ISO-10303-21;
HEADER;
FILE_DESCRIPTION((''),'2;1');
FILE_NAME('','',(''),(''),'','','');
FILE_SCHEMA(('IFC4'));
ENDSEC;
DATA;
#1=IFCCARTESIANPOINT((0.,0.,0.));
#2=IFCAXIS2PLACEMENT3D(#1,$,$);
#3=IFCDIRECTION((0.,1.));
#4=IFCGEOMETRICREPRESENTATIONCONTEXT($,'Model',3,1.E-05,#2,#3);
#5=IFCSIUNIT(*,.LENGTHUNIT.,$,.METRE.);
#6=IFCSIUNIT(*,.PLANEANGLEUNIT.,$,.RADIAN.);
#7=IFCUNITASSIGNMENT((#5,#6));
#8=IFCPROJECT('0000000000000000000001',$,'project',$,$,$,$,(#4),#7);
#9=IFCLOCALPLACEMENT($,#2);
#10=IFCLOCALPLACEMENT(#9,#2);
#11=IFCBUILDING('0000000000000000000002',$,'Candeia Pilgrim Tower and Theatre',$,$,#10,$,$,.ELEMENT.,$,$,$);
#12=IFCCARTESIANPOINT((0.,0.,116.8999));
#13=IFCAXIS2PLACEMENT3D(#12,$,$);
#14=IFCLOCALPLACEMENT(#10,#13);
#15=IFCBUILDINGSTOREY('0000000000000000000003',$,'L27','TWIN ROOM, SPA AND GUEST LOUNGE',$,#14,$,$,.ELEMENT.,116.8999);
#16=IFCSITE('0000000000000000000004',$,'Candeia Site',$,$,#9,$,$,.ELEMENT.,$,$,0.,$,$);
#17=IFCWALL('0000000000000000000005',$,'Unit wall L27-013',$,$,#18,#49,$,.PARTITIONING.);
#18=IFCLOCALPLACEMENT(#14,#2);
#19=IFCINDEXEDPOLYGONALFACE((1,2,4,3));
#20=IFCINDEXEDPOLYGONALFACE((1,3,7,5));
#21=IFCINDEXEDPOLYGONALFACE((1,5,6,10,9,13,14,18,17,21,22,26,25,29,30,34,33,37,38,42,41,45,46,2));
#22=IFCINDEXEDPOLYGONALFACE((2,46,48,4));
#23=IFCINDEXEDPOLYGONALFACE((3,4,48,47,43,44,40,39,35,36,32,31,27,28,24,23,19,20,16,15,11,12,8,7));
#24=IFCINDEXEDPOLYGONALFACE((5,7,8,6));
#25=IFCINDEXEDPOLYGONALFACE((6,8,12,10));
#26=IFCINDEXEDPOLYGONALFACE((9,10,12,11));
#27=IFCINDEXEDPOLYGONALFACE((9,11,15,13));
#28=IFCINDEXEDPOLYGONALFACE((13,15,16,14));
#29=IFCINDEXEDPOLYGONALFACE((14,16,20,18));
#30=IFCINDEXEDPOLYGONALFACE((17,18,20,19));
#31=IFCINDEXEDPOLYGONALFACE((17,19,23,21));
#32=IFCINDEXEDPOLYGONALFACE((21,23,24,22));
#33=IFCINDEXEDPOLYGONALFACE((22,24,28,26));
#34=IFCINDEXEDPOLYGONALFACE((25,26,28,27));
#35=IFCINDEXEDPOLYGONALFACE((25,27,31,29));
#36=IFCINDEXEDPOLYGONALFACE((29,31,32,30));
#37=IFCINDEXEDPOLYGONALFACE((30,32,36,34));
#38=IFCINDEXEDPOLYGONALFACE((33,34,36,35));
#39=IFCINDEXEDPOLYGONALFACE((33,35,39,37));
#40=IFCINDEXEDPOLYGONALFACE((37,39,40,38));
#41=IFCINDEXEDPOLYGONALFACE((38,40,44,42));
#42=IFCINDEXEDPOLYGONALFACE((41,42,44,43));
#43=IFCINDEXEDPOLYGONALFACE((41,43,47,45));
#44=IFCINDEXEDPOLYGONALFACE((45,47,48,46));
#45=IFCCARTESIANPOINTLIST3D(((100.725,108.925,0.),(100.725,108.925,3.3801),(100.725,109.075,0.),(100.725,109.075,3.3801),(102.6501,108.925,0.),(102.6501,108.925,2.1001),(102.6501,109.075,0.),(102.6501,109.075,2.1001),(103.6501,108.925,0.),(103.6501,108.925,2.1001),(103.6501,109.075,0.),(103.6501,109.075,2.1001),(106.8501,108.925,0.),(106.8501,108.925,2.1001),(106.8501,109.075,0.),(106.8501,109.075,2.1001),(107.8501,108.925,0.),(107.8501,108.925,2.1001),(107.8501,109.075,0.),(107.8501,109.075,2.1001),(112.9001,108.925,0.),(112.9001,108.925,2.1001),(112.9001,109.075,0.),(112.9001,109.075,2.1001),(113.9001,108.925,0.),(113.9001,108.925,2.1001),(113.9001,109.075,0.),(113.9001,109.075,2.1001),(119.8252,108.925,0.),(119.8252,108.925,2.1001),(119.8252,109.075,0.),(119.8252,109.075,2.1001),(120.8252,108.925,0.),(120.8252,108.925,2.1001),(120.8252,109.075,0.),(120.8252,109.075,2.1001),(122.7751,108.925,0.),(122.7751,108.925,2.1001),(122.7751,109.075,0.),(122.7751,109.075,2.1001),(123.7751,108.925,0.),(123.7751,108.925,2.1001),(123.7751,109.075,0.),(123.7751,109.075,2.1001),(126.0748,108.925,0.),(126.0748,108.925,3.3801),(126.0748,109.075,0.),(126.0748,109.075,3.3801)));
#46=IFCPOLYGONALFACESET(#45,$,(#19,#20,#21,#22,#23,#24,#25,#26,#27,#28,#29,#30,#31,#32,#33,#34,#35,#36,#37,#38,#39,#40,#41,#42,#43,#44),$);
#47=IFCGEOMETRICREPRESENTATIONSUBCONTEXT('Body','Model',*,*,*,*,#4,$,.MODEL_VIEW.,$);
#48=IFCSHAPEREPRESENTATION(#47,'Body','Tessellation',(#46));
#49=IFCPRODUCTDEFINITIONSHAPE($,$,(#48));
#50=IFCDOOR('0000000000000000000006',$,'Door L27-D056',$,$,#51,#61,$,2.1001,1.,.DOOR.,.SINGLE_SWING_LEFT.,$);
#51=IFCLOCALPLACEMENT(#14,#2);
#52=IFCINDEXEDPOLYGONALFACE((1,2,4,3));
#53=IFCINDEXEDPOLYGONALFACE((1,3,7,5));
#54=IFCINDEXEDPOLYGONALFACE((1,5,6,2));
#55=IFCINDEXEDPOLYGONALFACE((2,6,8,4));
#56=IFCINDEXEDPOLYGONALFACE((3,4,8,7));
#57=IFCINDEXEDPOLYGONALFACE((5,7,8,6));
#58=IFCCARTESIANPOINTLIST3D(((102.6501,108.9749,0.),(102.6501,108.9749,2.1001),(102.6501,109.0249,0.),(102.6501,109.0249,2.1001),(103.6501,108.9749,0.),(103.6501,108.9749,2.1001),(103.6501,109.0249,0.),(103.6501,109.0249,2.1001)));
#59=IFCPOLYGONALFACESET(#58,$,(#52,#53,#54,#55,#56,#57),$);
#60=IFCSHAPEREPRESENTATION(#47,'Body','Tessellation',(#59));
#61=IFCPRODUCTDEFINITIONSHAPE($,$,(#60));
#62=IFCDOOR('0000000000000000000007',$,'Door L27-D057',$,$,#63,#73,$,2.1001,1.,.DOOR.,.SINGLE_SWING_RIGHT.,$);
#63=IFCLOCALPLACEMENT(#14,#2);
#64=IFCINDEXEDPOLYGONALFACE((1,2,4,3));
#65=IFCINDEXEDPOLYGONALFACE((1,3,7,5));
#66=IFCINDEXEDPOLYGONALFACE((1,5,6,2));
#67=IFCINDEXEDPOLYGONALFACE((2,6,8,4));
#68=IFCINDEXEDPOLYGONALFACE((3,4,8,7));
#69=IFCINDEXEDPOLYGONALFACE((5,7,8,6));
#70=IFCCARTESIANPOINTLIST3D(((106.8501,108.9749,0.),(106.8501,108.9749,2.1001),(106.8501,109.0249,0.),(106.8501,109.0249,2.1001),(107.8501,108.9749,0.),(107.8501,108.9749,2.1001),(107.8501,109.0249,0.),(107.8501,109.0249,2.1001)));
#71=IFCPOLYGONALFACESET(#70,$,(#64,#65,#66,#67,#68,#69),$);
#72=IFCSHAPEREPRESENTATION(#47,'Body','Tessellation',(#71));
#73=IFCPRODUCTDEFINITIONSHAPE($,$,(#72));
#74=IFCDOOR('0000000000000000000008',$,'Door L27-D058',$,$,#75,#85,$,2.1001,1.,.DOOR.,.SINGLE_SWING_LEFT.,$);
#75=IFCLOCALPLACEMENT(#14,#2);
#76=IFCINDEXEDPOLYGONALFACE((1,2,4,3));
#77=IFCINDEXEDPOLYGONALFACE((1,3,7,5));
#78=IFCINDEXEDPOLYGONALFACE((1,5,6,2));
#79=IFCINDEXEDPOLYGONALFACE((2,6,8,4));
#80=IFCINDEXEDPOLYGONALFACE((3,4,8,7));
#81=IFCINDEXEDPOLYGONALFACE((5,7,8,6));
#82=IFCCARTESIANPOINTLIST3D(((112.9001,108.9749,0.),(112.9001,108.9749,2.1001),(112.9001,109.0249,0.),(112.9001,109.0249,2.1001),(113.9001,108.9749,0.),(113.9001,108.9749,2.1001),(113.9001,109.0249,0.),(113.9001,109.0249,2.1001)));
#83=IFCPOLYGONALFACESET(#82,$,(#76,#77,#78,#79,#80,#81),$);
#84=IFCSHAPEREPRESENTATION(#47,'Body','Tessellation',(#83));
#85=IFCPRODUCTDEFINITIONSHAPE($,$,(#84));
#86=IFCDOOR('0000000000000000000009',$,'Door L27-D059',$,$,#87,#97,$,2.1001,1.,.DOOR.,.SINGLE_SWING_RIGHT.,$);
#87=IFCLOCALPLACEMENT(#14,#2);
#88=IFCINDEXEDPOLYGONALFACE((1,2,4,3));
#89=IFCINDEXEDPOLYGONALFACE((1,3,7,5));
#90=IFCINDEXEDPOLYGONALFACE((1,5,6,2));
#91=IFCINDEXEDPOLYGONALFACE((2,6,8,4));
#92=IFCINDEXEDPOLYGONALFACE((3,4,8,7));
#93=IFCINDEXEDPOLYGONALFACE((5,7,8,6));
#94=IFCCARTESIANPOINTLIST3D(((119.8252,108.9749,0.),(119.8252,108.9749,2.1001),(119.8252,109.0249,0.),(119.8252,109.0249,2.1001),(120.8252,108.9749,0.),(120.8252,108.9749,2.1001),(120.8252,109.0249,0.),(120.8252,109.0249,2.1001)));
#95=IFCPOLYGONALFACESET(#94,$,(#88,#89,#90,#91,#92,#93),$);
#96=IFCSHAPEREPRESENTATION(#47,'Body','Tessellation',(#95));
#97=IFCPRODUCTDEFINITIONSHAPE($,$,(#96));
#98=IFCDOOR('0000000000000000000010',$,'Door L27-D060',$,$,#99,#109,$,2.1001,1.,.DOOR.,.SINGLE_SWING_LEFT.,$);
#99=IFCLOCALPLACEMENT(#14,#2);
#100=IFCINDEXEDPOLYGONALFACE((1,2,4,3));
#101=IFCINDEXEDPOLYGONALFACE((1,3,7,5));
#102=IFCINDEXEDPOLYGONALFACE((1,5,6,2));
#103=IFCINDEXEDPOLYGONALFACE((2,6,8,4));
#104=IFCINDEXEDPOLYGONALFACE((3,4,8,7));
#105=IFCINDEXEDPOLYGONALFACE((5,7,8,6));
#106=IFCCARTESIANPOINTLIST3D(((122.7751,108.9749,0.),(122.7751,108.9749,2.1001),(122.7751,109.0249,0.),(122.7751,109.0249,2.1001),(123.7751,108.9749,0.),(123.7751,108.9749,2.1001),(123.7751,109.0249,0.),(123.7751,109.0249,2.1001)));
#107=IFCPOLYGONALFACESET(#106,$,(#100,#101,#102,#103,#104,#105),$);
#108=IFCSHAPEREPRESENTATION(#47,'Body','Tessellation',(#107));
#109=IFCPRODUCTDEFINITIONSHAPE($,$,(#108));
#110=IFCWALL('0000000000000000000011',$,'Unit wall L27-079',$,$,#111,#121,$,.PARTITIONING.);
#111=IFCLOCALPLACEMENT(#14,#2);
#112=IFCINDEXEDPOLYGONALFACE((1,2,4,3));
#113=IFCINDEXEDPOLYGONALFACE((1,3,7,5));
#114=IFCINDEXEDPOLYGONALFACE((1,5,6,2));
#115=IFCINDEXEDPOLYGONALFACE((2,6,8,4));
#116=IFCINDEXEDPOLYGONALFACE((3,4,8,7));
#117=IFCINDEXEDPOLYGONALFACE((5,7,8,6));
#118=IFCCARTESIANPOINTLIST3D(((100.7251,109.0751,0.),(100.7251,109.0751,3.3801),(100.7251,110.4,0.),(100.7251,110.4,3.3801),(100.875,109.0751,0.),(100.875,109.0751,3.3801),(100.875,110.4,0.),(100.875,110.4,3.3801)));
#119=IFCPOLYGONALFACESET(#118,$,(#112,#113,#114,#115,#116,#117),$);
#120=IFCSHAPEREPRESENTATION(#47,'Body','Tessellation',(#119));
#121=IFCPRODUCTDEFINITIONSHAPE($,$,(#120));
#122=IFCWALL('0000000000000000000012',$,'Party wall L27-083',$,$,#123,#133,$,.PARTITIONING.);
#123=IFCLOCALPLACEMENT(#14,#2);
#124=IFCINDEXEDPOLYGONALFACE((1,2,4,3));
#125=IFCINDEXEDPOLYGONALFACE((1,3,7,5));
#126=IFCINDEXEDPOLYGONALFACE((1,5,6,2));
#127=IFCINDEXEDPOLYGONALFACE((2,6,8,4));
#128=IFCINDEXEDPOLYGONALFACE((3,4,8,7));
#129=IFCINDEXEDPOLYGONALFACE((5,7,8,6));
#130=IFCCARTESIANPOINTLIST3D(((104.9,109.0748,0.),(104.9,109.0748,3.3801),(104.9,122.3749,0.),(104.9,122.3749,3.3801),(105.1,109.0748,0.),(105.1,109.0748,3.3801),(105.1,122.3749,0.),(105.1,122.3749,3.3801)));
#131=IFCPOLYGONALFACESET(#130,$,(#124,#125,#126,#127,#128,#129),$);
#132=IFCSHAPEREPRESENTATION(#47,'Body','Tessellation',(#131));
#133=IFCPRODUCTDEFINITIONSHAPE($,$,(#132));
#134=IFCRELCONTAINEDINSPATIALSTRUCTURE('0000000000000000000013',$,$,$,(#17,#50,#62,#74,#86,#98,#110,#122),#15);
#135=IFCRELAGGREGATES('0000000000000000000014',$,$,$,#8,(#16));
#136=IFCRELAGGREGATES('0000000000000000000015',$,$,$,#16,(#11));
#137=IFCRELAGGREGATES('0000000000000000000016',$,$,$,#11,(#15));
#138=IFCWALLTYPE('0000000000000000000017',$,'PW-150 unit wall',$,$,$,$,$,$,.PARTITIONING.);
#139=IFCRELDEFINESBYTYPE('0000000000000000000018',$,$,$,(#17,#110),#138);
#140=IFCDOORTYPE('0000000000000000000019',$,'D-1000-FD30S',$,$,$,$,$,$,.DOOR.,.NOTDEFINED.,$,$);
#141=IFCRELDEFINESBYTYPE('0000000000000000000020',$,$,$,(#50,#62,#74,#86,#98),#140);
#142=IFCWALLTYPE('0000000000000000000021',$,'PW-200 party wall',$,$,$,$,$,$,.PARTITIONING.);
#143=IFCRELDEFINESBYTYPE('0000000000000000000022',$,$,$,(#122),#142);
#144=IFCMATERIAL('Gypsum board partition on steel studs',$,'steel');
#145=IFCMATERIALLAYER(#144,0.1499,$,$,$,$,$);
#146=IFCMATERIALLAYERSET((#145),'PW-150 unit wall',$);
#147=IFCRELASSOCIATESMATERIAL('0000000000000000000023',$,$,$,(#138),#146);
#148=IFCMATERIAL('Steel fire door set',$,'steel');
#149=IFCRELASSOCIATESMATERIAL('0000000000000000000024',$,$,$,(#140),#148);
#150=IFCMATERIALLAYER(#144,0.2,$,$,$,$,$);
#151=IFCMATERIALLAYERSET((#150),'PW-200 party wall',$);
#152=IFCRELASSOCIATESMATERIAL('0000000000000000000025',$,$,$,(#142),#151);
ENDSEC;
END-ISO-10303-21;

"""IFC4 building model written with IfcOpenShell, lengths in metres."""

from ifc_helpers import new_model, si_unit, direction, frame, frame_2d, origin, place, context, subcontext, project, spatial, rectangle, extrude, material, layer, layer_set, type_object, element, fill, save


model = new_model("IFC4")

# Units and contexts
model_context = context("Model", 3, precision=1e-05, world=origin(), true_north=direction((0.0, 1.0)))
body_context = subcontext(model_context, "Body", "Model", "MODEL_VIEW")
ifc_project = project(units=[si_unit("LENGTHUNIT", "METRE"), si_unit("PLANEANGLEUNIT", "RADIAN")], contexts=[model_context])

# Site, building, storey
site_placement = place(None, origin())
site = spatial("IfcSite", under=ifc_project, at=site_placement, Name="Candeia Site", CompositionType="ELEMENT", RefElevation=0.0)
building_placement = place(site_placement, origin())
building = spatial("IfcBuilding", under=site, at=building_placement, Name="Candeia Pilgrim Tower and Theatre", CompositionType="ELEMENT")
storey_placement = place(building_placement, frame((0.0, 0.0, 116.8999)))
storey = spatial("IfcBuildingStorey", under=building, at=storey_placement, Name="L27", Description="TWIN ROOM, SPA AND GUEST LOUNGE", CompositionType="ELEMENT", Elevation=116.8999)

# Shared definitions
ifc_material_1 = material(Name="Steel fire door set", Category="steel")

# Shared definitions
ifc_material_2 = material(Name="Gypsum board partition on steel studs", Category="steel")

# Wall, openings, doors
ifc_layer_1 = layer(ifc_material_2, 0.1499)
ifc_layer_set_1 = layer_set([ifc_layer_1], Name="PW-150 unit wall")
wall_type_1 = type_object("IfcWallType", Name="PW-150 unit wall", PredefinedType="PARTITIONING", material=ifc_layer_set_1)
wall_1_placement = place(storey_placement, frame((100.7251, 109.0, 0.0), z_axis=(0.0, 0.0, 1.0), x_axis=(1.0, 0.0, 0.0)))
wall_1 = element("IfcWall", 1, at=wall_1_placement, inside=storey, type_object=wall_type_1, Name="Unit wall L27-013", PredefinedType="PARTITIONING", context=body_context, shape_type="SweptSolid", body=[
    extrude(rectangle(XDim=25.3499, YDim=0.1499, at=frame_2d((12.6748, 0.0))), origin(), (0.0, 0.0, 1.0), 3.3801),
])
opening_1_placement = place(wall_1_placement, frame((1.925, 0.0, 0.0)))
opening_1 = element("IfcOpeningElement", 2, at=opening_1_placement, cuts=wall_1, PredefinedType="OPENING", context=body_context, shape_type="SweptSolid", body=[
    extrude(rectangle(XDim=1.0, YDim=2.1001, at=frame_2d((0.5, 1.05))), frame((0.0, 0.085, 0.0), z_axis=(0.0, -1.0, 0.0), x_axis=(1.0, 0.0, 0.0)), (0.0, 0.0, 1.0), 0.1699),
])
opening_2_placement = place(wall_1_placement, frame((6.125, 0.0, 0.0)))
opening_2 = element("IfcOpeningElement", 3, at=opening_2_placement, cuts=wall_1, PredefinedType="OPENING", context=body_context, shape_type="SweptSolid", body=[
    extrude(rectangle(XDim=1.0, YDim=2.1001, at=frame_2d((0.5, 1.05))), frame((0.0, 0.085, 0.0), z_axis=(0.0, -1.0, 0.0), x_axis=(1.0, 0.0, 0.0)), (0.0, 0.0, 1.0), 0.1699),
])
opening_3_placement = place(wall_1_placement, frame((12.175, 0.0, 0.0)))
opening_3 = element("IfcOpeningElement", 4, at=opening_3_placement, cuts=wall_1, PredefinedType="OPENING", context=body_context, shape_type="SweptSolid", body=[
    extrude(rectangle(XDim=1.0, YDim=2.1001, at=frame_2d((0.5, 1.05))), frame((0.0, 0.085, 0.0), z_axis=(0.0, -1.0, 0.0), x_axis=(1.0, 0.0, 0.0)), (0.0, 0.0, 1.0), 0.1699),
])
opening_4_placement = place(wall_1_placement, frame((19.1001, 0.0, 0.0)))
opening_4 = element("IfcOpeningElement", 5, at=opening_4_placement, cuts=wall_1, PredefinedType="OPENING", context=body_context, shape_type="SweptSolid", body=[
    extrude(rectangle(XDim=1.0, YDim=2.1001, at=frame_2d((0.5, 1.05))), frame((0.0, 0.085, 0.0), z_axis=(0.0, -1.0, 0.0), x_axis=(1.0, 0.0, 0.0)), (0.0, 0.0, 1.0), 0.1699),
])
opening_5_placement = place(wall_1_placement, frame((22.05, 0.0, 0.0)))
opening_5 = element("IfcOpeningElement", 6, at=opening_5_placement, cuts=wall_1, PredefinedType="OPENING", context=body_context, shape_type="SweptSolid", body=[
    extrude(rectangle(XDim=1.0, YDim=2.1001, at=frame_2d((0.5, 1.05))), frame((0.0, 0.085, 0.0), z_axis=(0.0, -1.0, 0.0), x_axis=(1.0, 0.0, 0.0)), (0.0, 0.0, 1.0), 0.1699),
])
door_type_1 = type_object("IfcDoorType", Name="D-1000-FD30S", OperationType="NOTDEFINED", PredefinedType="DOOR", material=ifc_material_1)
door_1_placement = place(opening_1_placement, origin())
door_1 = element("IfcDoor", 7, at=door_1_placement, inside=storey, type_object=door_type_1, Name="Door L27-D056", OperationType="SINGLE_SWING_LEFT", OverallHeight=2.1001, OverallWidth=1.0, PredefinedType="DOOR", context=body_context, shape_type="SweptSolid", body=[
    extrude(rectangle(XDim=1.0, YDim=2.1001, at=frame_2d((0.5, 1.05))), frame((0.0, 0.0249, 0.0), z_axis=(0.0, -1.0, 0.0), x_axis=(1.0, 0.0, 0.0)), (0.0, 0.0, 1.0), 0.05),
])
fill(opening_1, door_1)
door_2_placement = place(opening_2_placement, origin())
door_2 = element("IfcDoor", 8, at=door_2_placement, inside=storey, type_object=door_type_1, Name="Door L27-D057", OperationType="SINGLE_SWING_RIGHT", OverallHeight=2.1001, OverallWidth=1.0, PredefinedType="DOOR", context=body_context, shape_type="SweptSolid", body=[
    extrude(rectangle(XDim=1.0, YDim=2.1001, at=frame_2d((0.5, 1.05))), frame((0.0, 0.0249, 0.0), z_axis=(0.0, -1.0, 0.0), x_axis=(1.0, 0.0, 0.0)), (0.0, 0.0, 1.0), 0.05),
])
fill(opening_2, door_2)
door_3_placement = place(opening_3_placement, origin())
door_3 = element("IfcDoor", 9, at=door_3_placement, inside=storey, type_object=door_type_1, Name="Door L27-D058", OperationType="SINGLE_SWING_LEFT", OverallHeight=2.1001, OverallWidth=1.0, PredefinedType="DOOR", context=body_context, shape_type="SweptSolid", body=[
    extrude(rectangle(XDim=1.0, YDim=2.1001, at=frame_2d((0.5, 1.05))), frame((0.0, 0.0249, 0.0), z_axis=(0.0, -1.0, 0.0), x_axis=(1.0, 0.0, 0.0)), (0.0, 0.0, 1.0), 0.05),
])
fill(opening_3, door_3)
door_4_placement = place(opening_4_placement, origin())
door_4 = element("IfcDoor", 10, at=door_4_placement, inside=storey, type_object=door_type_1, Name="Door L27-D059", OperationType="SINGLE_SWING_RIGHT", OverallHeight=2.1001, OverallWidth=1.0, PredefinedType="DOOR", context=body_context, shape_type="SweptSolid", body=[
    extrude(rectangle(XDim=1.0, YDim=2.1001, at=frame_2d((0.5, 1.05))), frame((0.0, 0.0249, 0.0), z_axis=(0.0, -1.0, 0.0), x_axis=(1.0, 0.0, 0.0)), (0.0, 0.0, 1.0), 0.05),
])
fill(opening_4, door_4)
door_5_placement = place(opening_5_placement, origin())
door_5 = element("IfcDoor", 11, at=door_5_placement, inside=storey, type_object=door_type_1, Name="Door L27-D060", OperationType="SINGLE_SWING_LEFT", OverallHeight=2.1001, OverallWidth=1.0, PredefinedType="DOOR", context=body_context, shape_type="SweptSolid", body=[
    extrude(rectangle(XDim=1.0, YDim=2.1001, at=frame_2d((0.5, 1.05))), frame((0.0, 0.0249, 0.0), z_axis=(0.0, -1.0, 0.0), x_axis=(1.0, 0.0, 0.0)), (0.0, 0.0, 1.0), 0.05),
])
fill(opening_5, door_5)

# Walls
wall_2_placement = place(storey_placement, frame((100.8, 109.075, 0.0), z_axis=(0.0, 0.0, 1.0), x_axis=(0.0, 1.0, 0.0)))
element("IfcWall", 12, at=wall_2_placement, inside=storey, type_object=wall_type_1, Name="Unit wall L27-079", PredefinedType="PARTITIONING", context=body_context, shape_type="SweptSolid", body=[
    extrude(rectangle(XDim=1.325, YDim=0.1499, at=frame_2d((0.6626, 0.0))), origin(), (0.0, 0.0, 1.0), 3.3801),
])
ifc_layer_2 = layer(ifc_material_2, 0.2)
ifc_layer_set_2 = layer_set([ifc_layer_2], Name="PW-200 party wall")
wall_type_2 = type_object("IfcWallType", Name="PW-200 party wall", PredefinedType="PARTITIONING", material=ifc_layer_set_2)
wall_3_placement = place(storey_placement, frame((105.0, 109.075, 0.0), z_axis=(0.0, 0.0, 1.0), x_axis=(0.0, 1.0, 0.0)))
element("IfcWall", 13, at=wall_3_placement, inside=storey, type_object=wall_type_2, Name="Party wall L27-083", PredefinedType="PARTITIONING", context=body_context, shape_type="SweptSolid", body=[
    extrude(rectangle(XDim=13.3, YDim=0.2, at=frame_2d((6.6499, 0.0))), origin(), (0.0, 0.0, 1.0), 3.3801),
])

save(model, "model.ifc")
